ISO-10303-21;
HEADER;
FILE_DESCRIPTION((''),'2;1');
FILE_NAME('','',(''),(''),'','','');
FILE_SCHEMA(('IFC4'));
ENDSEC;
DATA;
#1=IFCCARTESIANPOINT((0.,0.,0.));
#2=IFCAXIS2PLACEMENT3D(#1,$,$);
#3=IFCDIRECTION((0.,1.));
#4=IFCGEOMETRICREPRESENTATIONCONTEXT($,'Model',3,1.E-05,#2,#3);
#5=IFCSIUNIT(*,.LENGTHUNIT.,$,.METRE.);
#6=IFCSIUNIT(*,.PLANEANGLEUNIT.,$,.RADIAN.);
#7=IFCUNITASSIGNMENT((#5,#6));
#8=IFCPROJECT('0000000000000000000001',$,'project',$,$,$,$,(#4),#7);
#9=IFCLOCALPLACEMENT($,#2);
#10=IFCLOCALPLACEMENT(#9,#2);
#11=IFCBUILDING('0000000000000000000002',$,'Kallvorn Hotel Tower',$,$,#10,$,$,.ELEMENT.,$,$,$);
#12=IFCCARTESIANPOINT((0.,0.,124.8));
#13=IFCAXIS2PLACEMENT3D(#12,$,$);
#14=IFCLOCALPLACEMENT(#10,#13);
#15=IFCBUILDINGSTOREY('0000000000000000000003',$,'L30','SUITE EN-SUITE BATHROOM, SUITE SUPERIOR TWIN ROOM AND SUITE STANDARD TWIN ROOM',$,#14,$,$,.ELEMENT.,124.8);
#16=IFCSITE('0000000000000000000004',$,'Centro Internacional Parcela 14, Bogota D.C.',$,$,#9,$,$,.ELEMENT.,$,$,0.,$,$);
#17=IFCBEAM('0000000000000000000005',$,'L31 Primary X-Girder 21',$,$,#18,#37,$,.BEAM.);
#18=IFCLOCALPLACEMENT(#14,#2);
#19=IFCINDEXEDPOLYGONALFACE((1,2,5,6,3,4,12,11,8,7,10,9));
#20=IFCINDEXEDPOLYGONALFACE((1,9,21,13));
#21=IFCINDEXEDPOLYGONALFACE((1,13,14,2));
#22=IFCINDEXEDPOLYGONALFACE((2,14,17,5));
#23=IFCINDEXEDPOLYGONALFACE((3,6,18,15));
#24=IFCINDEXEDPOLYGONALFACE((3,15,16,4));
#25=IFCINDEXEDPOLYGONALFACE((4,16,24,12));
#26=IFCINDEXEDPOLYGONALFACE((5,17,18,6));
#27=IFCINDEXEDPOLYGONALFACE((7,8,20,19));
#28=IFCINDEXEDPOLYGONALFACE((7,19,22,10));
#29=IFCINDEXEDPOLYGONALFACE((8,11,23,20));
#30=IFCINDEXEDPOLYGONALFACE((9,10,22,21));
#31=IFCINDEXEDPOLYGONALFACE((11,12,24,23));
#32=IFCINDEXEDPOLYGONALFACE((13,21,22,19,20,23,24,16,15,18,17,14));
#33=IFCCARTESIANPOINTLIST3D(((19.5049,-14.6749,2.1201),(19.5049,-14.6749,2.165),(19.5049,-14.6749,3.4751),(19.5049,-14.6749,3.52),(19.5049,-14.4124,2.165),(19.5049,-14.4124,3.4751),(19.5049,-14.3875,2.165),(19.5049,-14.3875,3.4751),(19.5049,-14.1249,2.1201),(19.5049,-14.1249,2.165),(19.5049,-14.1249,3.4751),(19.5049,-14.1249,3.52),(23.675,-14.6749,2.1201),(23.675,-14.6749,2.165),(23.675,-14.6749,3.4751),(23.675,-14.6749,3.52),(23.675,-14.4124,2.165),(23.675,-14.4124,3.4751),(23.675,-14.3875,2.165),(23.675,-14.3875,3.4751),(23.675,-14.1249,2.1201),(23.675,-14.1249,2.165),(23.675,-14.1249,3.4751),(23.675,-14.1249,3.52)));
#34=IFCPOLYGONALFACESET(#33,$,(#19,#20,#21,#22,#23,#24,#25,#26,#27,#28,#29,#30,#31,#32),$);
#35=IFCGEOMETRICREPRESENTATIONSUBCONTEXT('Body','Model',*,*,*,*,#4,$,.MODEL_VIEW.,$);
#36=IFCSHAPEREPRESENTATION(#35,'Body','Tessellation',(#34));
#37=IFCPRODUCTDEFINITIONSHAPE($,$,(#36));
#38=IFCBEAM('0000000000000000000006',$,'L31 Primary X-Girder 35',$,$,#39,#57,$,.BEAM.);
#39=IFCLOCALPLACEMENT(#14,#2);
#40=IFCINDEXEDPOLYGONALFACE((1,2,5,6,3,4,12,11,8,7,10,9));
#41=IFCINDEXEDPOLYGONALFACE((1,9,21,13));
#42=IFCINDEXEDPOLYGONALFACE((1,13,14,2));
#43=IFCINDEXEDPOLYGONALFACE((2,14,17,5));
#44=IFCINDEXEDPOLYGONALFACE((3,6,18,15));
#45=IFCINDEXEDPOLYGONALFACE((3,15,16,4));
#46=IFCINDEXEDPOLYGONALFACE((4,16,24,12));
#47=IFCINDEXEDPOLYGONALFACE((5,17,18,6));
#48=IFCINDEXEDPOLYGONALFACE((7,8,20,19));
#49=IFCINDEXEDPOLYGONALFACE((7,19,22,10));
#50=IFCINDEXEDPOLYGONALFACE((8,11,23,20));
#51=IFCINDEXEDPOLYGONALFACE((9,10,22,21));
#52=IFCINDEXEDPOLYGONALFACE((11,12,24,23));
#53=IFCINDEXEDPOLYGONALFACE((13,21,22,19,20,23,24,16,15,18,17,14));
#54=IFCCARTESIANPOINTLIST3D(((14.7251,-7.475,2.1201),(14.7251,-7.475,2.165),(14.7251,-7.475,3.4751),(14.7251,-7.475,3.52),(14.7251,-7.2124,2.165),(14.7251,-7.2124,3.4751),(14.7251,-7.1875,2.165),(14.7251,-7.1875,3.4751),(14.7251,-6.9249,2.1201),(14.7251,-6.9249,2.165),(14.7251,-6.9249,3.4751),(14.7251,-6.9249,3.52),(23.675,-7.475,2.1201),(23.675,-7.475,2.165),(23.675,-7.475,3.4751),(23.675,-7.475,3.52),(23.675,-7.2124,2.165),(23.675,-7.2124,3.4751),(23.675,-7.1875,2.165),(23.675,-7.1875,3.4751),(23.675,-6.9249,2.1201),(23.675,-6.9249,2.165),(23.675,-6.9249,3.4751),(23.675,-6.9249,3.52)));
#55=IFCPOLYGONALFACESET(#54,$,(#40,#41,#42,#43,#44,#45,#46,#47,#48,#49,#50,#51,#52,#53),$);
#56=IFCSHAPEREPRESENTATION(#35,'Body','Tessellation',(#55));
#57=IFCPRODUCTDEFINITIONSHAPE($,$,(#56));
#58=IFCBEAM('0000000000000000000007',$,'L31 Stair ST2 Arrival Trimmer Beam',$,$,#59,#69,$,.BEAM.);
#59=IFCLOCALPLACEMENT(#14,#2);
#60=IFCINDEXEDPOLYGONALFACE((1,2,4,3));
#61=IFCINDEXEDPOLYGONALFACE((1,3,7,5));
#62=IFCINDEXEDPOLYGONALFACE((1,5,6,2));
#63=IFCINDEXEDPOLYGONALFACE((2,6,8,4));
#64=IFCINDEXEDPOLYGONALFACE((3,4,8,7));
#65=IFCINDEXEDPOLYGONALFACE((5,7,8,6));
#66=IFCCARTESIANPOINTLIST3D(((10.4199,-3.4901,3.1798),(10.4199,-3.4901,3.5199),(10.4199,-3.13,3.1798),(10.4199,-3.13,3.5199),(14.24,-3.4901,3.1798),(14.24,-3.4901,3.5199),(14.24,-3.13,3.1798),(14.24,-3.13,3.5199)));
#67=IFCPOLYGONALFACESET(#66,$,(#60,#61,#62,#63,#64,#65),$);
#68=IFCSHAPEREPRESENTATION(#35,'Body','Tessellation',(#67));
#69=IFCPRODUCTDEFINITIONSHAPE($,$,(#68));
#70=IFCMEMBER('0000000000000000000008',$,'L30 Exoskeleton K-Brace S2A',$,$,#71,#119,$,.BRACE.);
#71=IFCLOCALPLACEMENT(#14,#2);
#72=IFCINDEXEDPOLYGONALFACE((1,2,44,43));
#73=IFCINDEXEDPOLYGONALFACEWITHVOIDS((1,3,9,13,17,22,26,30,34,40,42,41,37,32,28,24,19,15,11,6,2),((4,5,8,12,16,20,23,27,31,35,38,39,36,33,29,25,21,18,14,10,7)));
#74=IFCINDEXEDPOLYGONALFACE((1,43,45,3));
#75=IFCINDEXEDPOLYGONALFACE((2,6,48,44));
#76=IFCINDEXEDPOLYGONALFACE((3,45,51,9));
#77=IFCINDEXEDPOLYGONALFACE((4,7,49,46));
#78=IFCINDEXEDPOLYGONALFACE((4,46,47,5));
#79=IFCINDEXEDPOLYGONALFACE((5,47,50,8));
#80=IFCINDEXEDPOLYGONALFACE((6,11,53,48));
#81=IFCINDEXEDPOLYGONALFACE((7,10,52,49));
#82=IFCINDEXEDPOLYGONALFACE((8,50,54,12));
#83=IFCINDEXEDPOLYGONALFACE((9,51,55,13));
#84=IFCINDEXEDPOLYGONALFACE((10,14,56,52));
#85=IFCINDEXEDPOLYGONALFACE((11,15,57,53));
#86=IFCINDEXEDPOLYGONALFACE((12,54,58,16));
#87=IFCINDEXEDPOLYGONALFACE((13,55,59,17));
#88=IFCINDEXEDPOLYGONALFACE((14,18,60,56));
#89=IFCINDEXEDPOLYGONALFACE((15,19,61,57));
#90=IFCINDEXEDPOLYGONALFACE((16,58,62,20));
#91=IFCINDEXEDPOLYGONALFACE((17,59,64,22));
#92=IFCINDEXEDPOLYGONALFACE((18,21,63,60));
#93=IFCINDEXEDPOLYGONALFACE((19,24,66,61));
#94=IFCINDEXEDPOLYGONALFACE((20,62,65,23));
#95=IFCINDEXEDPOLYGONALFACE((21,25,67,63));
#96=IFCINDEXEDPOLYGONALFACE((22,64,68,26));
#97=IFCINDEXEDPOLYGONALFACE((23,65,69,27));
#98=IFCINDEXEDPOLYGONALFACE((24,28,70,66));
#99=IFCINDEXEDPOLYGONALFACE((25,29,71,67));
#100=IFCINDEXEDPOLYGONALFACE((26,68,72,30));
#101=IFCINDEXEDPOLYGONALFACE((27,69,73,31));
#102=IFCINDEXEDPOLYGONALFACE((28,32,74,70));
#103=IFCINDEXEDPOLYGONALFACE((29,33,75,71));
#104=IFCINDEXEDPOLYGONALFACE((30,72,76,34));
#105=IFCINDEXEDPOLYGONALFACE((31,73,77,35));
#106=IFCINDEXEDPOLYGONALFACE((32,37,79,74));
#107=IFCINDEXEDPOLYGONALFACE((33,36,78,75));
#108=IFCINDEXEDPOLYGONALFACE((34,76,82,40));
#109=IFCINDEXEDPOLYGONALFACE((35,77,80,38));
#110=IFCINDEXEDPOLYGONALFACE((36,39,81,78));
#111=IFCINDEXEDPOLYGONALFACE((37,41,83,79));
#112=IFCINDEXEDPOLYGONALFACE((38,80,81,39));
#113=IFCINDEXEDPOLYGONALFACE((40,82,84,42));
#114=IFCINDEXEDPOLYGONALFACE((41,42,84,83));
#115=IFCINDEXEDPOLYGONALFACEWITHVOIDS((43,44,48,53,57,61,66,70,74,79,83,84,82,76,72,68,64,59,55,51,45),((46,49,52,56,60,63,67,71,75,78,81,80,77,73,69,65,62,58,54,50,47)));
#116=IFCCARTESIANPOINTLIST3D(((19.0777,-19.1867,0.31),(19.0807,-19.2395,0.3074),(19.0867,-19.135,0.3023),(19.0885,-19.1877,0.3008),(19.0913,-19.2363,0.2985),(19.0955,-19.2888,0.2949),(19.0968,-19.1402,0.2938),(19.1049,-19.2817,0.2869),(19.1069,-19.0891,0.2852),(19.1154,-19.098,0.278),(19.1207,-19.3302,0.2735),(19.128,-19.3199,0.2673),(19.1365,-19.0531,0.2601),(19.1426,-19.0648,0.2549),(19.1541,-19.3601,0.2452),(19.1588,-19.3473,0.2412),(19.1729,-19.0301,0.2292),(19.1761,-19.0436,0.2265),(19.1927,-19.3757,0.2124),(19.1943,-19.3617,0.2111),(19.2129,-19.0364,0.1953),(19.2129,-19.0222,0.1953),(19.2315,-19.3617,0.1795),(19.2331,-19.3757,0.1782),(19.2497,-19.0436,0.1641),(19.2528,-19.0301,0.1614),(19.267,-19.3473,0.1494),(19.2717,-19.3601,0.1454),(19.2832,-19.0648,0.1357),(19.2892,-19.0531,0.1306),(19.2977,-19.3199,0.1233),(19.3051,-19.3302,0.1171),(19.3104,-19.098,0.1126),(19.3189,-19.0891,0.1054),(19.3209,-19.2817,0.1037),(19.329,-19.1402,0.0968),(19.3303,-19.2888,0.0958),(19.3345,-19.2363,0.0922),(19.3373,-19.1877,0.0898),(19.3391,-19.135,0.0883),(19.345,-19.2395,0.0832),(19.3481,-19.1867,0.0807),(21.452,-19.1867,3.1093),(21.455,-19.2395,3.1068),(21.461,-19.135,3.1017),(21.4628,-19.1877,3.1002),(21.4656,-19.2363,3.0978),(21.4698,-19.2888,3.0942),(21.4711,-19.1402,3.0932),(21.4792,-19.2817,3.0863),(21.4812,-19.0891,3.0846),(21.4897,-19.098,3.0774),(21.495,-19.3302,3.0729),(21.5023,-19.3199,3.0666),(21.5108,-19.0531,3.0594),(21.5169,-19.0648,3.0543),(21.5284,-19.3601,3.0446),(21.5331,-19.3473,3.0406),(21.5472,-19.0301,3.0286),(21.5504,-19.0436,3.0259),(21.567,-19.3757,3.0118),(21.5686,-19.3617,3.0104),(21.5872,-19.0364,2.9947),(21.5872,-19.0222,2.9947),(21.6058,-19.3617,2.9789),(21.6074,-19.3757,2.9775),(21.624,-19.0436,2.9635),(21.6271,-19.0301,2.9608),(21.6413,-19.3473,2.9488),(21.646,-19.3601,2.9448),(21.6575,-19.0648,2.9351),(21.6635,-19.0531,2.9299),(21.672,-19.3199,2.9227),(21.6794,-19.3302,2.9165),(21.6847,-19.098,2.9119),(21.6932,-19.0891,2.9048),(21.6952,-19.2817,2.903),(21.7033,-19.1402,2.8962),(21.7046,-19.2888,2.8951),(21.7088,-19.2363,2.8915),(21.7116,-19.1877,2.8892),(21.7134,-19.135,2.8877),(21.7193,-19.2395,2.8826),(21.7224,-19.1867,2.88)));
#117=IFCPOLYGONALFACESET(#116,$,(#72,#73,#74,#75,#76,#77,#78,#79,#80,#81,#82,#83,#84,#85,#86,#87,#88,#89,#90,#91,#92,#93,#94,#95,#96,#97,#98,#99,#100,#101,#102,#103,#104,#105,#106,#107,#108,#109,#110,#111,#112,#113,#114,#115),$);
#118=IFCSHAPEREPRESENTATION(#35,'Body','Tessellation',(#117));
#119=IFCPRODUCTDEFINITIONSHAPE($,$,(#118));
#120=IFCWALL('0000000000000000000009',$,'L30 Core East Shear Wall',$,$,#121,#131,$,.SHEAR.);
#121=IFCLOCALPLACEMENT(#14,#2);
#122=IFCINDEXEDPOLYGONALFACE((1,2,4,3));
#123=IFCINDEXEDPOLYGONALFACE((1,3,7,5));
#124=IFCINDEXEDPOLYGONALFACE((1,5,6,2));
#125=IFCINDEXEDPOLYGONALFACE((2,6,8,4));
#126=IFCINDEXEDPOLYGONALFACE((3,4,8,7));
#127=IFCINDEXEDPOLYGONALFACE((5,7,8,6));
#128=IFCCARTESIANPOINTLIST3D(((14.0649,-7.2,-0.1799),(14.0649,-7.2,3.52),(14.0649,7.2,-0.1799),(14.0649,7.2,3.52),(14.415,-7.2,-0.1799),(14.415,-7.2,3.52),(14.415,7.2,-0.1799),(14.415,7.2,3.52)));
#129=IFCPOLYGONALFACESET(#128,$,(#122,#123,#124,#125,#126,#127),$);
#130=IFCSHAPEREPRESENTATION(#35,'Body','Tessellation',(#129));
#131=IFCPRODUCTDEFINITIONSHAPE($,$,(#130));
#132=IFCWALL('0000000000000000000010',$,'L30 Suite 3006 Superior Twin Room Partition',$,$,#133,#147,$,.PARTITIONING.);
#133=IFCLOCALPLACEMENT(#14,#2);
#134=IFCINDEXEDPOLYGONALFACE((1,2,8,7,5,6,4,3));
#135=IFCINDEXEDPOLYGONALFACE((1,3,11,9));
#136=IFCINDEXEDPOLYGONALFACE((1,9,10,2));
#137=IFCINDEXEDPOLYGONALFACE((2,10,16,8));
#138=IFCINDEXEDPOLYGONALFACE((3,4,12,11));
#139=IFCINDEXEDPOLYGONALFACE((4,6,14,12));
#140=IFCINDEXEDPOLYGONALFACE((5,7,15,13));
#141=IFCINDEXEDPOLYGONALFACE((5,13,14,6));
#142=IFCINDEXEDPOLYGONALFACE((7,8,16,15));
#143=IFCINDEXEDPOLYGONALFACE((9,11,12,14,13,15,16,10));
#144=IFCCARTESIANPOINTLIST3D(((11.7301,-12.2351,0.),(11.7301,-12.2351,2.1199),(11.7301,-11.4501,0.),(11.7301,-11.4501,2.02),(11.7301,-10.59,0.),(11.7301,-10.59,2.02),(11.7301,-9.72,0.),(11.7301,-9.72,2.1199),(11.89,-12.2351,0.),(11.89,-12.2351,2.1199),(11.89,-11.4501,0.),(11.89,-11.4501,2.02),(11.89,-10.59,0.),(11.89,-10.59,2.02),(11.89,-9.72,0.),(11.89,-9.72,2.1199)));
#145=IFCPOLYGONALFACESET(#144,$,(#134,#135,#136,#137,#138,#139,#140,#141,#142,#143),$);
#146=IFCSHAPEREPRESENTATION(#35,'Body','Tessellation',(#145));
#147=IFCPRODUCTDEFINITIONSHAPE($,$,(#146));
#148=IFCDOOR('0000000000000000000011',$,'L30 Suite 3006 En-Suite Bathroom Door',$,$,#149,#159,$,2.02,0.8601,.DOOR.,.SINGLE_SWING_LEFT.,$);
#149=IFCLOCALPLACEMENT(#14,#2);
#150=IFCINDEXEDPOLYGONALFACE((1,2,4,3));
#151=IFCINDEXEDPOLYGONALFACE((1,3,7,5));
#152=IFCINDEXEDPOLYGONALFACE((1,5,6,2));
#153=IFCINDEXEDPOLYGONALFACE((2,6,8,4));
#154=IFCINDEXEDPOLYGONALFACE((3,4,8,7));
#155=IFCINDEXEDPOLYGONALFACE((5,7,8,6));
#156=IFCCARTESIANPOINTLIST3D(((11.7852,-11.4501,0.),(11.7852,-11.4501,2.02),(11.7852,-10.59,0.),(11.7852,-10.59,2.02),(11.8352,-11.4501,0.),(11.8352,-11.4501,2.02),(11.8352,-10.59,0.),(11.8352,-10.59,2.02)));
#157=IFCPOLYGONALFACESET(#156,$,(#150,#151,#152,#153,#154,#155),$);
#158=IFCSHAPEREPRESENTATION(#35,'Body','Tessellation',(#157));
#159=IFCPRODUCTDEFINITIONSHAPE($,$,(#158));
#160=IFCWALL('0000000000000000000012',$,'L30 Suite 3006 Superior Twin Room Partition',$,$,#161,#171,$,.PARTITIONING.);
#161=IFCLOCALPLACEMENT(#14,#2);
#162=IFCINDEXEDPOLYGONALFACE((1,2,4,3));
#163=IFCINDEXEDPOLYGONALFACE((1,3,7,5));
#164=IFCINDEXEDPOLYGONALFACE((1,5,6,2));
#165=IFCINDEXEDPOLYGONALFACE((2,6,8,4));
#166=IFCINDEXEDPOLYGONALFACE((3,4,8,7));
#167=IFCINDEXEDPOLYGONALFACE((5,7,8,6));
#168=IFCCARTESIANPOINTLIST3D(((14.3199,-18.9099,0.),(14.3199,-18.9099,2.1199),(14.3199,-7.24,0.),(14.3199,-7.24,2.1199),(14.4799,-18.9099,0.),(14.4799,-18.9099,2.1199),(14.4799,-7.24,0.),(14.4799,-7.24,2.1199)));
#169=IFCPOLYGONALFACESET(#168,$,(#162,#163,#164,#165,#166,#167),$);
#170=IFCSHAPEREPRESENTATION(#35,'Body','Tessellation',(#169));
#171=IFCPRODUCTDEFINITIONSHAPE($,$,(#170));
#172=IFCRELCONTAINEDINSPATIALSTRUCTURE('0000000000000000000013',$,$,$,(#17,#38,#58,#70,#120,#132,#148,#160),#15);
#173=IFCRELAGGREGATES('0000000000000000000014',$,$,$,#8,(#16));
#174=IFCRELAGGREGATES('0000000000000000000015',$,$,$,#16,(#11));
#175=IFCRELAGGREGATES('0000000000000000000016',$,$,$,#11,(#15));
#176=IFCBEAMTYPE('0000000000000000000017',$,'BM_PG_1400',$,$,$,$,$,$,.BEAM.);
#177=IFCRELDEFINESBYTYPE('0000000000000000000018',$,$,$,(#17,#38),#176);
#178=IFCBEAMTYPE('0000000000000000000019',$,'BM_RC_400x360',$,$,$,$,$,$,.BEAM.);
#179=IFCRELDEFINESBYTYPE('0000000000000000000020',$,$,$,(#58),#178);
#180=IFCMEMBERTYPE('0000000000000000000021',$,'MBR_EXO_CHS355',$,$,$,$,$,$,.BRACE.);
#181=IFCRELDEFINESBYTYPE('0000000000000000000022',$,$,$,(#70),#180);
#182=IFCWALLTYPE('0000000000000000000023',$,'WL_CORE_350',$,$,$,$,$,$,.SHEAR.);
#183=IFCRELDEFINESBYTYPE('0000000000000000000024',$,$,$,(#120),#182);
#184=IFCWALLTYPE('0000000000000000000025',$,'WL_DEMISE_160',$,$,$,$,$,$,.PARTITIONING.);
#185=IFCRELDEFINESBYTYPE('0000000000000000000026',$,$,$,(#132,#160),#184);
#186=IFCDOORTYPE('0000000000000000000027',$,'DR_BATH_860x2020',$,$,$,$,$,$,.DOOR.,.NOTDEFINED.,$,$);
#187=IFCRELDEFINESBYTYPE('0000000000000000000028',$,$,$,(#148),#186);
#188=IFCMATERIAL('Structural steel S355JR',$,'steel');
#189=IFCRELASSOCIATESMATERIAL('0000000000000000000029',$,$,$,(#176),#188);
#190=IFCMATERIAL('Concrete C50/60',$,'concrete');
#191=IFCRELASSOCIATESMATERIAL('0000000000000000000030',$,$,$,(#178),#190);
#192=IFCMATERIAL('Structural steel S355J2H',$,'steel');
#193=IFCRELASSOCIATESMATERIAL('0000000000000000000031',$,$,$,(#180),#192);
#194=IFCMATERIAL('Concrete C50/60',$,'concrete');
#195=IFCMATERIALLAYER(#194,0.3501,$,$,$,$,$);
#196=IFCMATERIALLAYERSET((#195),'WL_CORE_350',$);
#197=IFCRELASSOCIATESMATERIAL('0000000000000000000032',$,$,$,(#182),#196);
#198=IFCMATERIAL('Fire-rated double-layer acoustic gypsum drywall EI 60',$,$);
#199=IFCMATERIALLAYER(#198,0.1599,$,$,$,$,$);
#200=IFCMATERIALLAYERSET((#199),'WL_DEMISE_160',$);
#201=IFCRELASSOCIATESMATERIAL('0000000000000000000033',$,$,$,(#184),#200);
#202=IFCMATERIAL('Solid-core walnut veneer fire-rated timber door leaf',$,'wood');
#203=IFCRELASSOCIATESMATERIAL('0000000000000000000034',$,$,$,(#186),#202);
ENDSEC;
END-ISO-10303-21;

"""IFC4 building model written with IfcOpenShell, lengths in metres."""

from ifc_helpers import new_model, si_unit, direction, frame, frame_2d, origin, origin_2d, place, context, subcontext, project, spatial, rectangle, hollow_circle, i_section, extrude, material, layer, layer_set, material_profile, profile_set, type_object, element, fill, save


model = new_model("IFC4")

# Units and contexts
model_context = context("Model", 3, precision=1e-05, world=origin(), true_north=direction((0.0, 1.0)))
body_context = subcontext(model_context, "Body", "Model", "MODEL_VIEW")
ifc_project = project(units=[si_unit("LENGTHUNIT", "METRE"), si_unit("PLANEANGLEUNIT", "RADIAN")], contexts=[model_context])

# Site, building, storey
site_placement = place(None, origin())
site = spatial("IfcSite", under=ifc_project, at=site_placement, Name="Centro Internacional Parcela 14, Bogota D.C.", CompositionType="ELEMENT", RefElevation=0.0)
building_placement = place(site_placement, origin())
building = spatial("IfcBuilding", under=site, at=building_placement, Name="Kallvorn Hotel Tower", CompositionType="ELEMENT")
storey_placement = place(building_placement, frame((0.0, 0.0, 124.8)))
storey = spatial("IfcBuildingStorey", under=building, at=storey_placement, Name="L30", Description="SUITE EN-SUITE BATHROOM, SUITE SUPERIOR TWIN ROOM AND SUITE STANDARD TWIN ROOM", CompositionType="ELEMENT", Elevation=124.8)

# Beams
ifc_material_1 = material(Name="Structural steel S355JR", Category="steel")
ifc_material_profile_1 = material_profile(ifc_material_1, i_section(OverallWidth=0.55, OverallDepth=1.3999, WebThickness=0.0249, FlangeThickness=0.0449, at=origin_2d()), Name="PG 1400x550x25x45")
ifc_profile_set_1 = profile_set([ifc_material_profile_1], Name="Structural steel S355JR")
beam_type_1 = type_object("IfcBeamType", Name="BM_PG_1400", PredefinedType="BEAM", material=ifc_profile_set_1)
beam_1_placement = place(storey_placement, frame((19.5049, -14.3999, 2.8201), z_axis=(1.0, 0.0, 0.0), x_axis=(0.0, 1.0, 0.0)))
element("IfcBeam", 1, at=beam_1_placement, inside=storey, type_object=beam_type_1, Name="L31 Primary X-Girder 21", PredefinedType="BEAM", context=body_context, shape_type="SweptSolid", body=[
    extrude(i_section(OverallWidth=0.55, OverallDepth=1.3999, WebThickness=0.0249, FlangeThickness=0.0449, at=origin_2d()), origin(), (0.0, 0.0, 1.0), 4.1702),
])
beam_2_placement = place(storey_placement, frame((14.7251, -7.2, 2.8201), z_axis=(1.0, 0.0, 0.0), x_axis=(0.0, 1.0, 0.0)))
element("IfcBeam", 2, at=beam_2_placement, inside=storey, type_object=beam_type_1, Name="L31 Primary X-Girder 35", PredefinedType="BEAM", context=body_context, shape_type="SweptSolid", body=[
    extrude(i_section(OverallWidth=0.55, OverallDepth=1.3999, WebThickness=0.0249, FlangeThickness=0.0449, at=origin_2d()), origin(), (0.0, 0.0, 1.0), 8.95),
])
ifc_material_2 = material(Name="Concrete C50/60", Category="concrete")
ifc_material_profile_2 = material_profile(ifc_material_2, rectangle(XDim=0.3601, YDim=0.3401, at=origin_2d()), Name="RC 360x340")
ifc_profile_set_2 = profile_set([ifc_material_profile_2], Name="Concrete C50/60")
beam_type_2 = type_object("IfcBeamType", Name="BM_RC_400x360", PredefinedType="BEAM", material=ifc_profile_set_2)
beam_3_placement = place(storey_placement, frame((14.24, -3.3101, 3.3499), z_axis=(-1.0, 0.0, 0.0), x_axis=(0.0, -1.0, 0.0)))
element("IfcBeam", 3, at=beam_3_placement, inside=storey, type_object=beam_type_2, Name="L31 Stair ST2 Arrival Trimmer Beam", PredefinedType="BEAM", context=body_context, shape_type="SweptSolid", body=[
    extrude(rectangle(XDim=0.3601, YDim=0.3401, at=origin_2d()), origin(), (0.0, 0.0, 1.0), 3.8201),
])

# Member
ifc_material_3 = material(Name="Structural steel S355J2H", Category="steel")
ifc_material_profile_3 = material_profile(ifc_material_3, hollow_circle(Radius=0.1777, WallThickness=0.0142, at=origin_2d()), Name="CHS 355.6x14.2")
ifc_profile_set_3 = profile_set([ifc_material_profile_3], Name="Structural steel S355J2H")
member_type = type_object("IfcMemberType", Name="MBR_EXO_CHS355", PredefinedType="BRACE", material=ifc_profile_set_3)
member_placement = place(storey_placement, frame((19.2129, -19.2, 0.1953), z_axis=(0.646833, 0.0, 0.762631), x_axis=(0.0, 1.0, 0.0)))
element("IfcMember", 4, at=member_placement, inside=storey, type_object=member_type, Name="L30 Exoskeleton K-Brace S2A", PredefinedType="BRACE", context=body_context, shape_type="SweptSolid", body=[
    extrude(hollow_circle(Radius=0.1777, WallThickness=0.0142, at=origin_2d()), origin(), (0.0, 0.0, 1.0), 3.6707),
])

# Wall
ifc_material_4 = material(Name="Concrete C50/60", Category="concrete")
ifc_layer_1 = layer(ifc_material_4, 0.3501)
ifc_layer_set_1 = layer_set([ifc_layer_1], Name="WL_CORE_350")
wall_type_1 = type_object("IfcWallType", Name="WL_CORE_350", PredefinedType="SHEAR", material=ifc_layer_set_1)
wall_1_placement = place(storey_placement, frame((14.24, -7.2, -0.1799), z_axis=(0.0, 0.0, 1.0), x_axis=(0.0, 1.0, 0.0)))
element("IfcWall", 5, at=wall_1_placement, inside=storey, type_object=wall_type_1, Name="L30 Core East Shear Wall", PredefinedType="SHEAR", context=body_context, shape_type="SweptSolid", body=[
    extrude(rectangle(XDim=14.3999, YDim=0.3501, at=frame_2d((7.2, 0.0))), origin(), (0.0, 0.0, 1.0), 3.7),
])

# Wall, opening, door
ifc_material_5 = material(Name="Fire-rated double-layer acoustic gypsum drywall EI 60")
ifc_layer_2 = layer(ifc_material_5, 0.1599)
ifc_layer_set_2 = layer_set([ifc_layer_2], Name="WL_DEMISE_160")
wall_type_2 = type_object("IfcWallType", Name="WL_DEMISE_160", PredefinedType="PARTITIONING", material=ifc_layer_set_2)
wall_2_placement = place(storey_placement, frame((11.8101, -12.2351, 0.0), z_axis=(0.0, 0.0, 1.0), x_axis=(0.0, 1.0, 0.0)))
wall_2 = element("IfcWall", 6, at=wall_2_placement, inside=storey, type_object=wall_type_2, Name="L30 Suite 3006 Superior Twin Room Partition", PredefinedType="PARTITIONING", context=body_context, shape_type="SweptSolid", body=[
    extrude(rectangle(XDim=2.5151, YDim=0.1599, at=frame_2d((1.2576, 0.0))), origin(), (0.0, 0.0, 1.0), 2.1199),
])
opening_placement = place(wall_2_placement, frame((0.7849, 0.0, 0.0)))
opening = element("IfcOpeningElement", 7, at=opening_placement, cuts=wall_2, PredefinedType="OPENING", context=body_context, shape_type="SweptSolid", body=[
    extrude(rectangle(XDim=0.8601, YDim=2.02, at=frame_2d((0.4302, 1.01))), frame((0.0, 0.095, 0.0), z_axis=(0.0, -1.0, 0.0), x_axis=(1.0, 0.0, 0.0)), (0.0, 0.0, 1.0), 0.1899),
])
ifc_material_6 = material(Name="Solid-core walnut veneer fire-rated timber door leaf", Category="wood")
door_type = type_object("IfcDoorType", Name="DR_BATH_860x2020", OperationType="NOTDEFINED", PredefinedType="DOOR", material=ifc_material_6)
door_placement = place(opening_placement, origin())
door = element("IfcDoor", 8, at=door_placement, inside=storey, type_object=door_type, Name="L30 Suite 3006 En-Suite Bathroom Door", OperationType="SINGLE_SWING_LEFT", OverallHeight=2.02, OverallWidth=0.8601, PredefinedType="DOOR", context=body_context, shape_type="SweptSolid", body=[
    extrude(rectangle(XDim=0.8601, YDim=2.02, at=frame_2d((0.4302, 1.01))), frame((0.0, 0.0249, 0.0), z_axis=(0.0, -1.0, 0.0), x_axis=(1.0, 0.0, 0.0)), (0.0, 0.0, 1.0), 0.05),
])
fill(opening, door)

# Wall
wall_3_placement = place(storey_placement, frame((14.3999, -18.9099, 0.0), z_axis=(0.0, 0.0, 1.0), x_axis=(0.0, 1.0, 0.0)))
element("IfcWall", 9, at=wall_3_placement, inside=storey, type_object=wall_type_2, Name="L30 Suite 3006 Superior Twin Room Partition", PredefinedType="PARTITIONING", context=body_context, shape_type="SweptSolid", body=[
    extrude(rectangle(XDim=11.6699, YDim=0.1599, at=frame_2d((5.835, 0.0))), origin(), (0.0, 0.0, 1.0), 2.1199),
])

save(model, "model.ifc")
